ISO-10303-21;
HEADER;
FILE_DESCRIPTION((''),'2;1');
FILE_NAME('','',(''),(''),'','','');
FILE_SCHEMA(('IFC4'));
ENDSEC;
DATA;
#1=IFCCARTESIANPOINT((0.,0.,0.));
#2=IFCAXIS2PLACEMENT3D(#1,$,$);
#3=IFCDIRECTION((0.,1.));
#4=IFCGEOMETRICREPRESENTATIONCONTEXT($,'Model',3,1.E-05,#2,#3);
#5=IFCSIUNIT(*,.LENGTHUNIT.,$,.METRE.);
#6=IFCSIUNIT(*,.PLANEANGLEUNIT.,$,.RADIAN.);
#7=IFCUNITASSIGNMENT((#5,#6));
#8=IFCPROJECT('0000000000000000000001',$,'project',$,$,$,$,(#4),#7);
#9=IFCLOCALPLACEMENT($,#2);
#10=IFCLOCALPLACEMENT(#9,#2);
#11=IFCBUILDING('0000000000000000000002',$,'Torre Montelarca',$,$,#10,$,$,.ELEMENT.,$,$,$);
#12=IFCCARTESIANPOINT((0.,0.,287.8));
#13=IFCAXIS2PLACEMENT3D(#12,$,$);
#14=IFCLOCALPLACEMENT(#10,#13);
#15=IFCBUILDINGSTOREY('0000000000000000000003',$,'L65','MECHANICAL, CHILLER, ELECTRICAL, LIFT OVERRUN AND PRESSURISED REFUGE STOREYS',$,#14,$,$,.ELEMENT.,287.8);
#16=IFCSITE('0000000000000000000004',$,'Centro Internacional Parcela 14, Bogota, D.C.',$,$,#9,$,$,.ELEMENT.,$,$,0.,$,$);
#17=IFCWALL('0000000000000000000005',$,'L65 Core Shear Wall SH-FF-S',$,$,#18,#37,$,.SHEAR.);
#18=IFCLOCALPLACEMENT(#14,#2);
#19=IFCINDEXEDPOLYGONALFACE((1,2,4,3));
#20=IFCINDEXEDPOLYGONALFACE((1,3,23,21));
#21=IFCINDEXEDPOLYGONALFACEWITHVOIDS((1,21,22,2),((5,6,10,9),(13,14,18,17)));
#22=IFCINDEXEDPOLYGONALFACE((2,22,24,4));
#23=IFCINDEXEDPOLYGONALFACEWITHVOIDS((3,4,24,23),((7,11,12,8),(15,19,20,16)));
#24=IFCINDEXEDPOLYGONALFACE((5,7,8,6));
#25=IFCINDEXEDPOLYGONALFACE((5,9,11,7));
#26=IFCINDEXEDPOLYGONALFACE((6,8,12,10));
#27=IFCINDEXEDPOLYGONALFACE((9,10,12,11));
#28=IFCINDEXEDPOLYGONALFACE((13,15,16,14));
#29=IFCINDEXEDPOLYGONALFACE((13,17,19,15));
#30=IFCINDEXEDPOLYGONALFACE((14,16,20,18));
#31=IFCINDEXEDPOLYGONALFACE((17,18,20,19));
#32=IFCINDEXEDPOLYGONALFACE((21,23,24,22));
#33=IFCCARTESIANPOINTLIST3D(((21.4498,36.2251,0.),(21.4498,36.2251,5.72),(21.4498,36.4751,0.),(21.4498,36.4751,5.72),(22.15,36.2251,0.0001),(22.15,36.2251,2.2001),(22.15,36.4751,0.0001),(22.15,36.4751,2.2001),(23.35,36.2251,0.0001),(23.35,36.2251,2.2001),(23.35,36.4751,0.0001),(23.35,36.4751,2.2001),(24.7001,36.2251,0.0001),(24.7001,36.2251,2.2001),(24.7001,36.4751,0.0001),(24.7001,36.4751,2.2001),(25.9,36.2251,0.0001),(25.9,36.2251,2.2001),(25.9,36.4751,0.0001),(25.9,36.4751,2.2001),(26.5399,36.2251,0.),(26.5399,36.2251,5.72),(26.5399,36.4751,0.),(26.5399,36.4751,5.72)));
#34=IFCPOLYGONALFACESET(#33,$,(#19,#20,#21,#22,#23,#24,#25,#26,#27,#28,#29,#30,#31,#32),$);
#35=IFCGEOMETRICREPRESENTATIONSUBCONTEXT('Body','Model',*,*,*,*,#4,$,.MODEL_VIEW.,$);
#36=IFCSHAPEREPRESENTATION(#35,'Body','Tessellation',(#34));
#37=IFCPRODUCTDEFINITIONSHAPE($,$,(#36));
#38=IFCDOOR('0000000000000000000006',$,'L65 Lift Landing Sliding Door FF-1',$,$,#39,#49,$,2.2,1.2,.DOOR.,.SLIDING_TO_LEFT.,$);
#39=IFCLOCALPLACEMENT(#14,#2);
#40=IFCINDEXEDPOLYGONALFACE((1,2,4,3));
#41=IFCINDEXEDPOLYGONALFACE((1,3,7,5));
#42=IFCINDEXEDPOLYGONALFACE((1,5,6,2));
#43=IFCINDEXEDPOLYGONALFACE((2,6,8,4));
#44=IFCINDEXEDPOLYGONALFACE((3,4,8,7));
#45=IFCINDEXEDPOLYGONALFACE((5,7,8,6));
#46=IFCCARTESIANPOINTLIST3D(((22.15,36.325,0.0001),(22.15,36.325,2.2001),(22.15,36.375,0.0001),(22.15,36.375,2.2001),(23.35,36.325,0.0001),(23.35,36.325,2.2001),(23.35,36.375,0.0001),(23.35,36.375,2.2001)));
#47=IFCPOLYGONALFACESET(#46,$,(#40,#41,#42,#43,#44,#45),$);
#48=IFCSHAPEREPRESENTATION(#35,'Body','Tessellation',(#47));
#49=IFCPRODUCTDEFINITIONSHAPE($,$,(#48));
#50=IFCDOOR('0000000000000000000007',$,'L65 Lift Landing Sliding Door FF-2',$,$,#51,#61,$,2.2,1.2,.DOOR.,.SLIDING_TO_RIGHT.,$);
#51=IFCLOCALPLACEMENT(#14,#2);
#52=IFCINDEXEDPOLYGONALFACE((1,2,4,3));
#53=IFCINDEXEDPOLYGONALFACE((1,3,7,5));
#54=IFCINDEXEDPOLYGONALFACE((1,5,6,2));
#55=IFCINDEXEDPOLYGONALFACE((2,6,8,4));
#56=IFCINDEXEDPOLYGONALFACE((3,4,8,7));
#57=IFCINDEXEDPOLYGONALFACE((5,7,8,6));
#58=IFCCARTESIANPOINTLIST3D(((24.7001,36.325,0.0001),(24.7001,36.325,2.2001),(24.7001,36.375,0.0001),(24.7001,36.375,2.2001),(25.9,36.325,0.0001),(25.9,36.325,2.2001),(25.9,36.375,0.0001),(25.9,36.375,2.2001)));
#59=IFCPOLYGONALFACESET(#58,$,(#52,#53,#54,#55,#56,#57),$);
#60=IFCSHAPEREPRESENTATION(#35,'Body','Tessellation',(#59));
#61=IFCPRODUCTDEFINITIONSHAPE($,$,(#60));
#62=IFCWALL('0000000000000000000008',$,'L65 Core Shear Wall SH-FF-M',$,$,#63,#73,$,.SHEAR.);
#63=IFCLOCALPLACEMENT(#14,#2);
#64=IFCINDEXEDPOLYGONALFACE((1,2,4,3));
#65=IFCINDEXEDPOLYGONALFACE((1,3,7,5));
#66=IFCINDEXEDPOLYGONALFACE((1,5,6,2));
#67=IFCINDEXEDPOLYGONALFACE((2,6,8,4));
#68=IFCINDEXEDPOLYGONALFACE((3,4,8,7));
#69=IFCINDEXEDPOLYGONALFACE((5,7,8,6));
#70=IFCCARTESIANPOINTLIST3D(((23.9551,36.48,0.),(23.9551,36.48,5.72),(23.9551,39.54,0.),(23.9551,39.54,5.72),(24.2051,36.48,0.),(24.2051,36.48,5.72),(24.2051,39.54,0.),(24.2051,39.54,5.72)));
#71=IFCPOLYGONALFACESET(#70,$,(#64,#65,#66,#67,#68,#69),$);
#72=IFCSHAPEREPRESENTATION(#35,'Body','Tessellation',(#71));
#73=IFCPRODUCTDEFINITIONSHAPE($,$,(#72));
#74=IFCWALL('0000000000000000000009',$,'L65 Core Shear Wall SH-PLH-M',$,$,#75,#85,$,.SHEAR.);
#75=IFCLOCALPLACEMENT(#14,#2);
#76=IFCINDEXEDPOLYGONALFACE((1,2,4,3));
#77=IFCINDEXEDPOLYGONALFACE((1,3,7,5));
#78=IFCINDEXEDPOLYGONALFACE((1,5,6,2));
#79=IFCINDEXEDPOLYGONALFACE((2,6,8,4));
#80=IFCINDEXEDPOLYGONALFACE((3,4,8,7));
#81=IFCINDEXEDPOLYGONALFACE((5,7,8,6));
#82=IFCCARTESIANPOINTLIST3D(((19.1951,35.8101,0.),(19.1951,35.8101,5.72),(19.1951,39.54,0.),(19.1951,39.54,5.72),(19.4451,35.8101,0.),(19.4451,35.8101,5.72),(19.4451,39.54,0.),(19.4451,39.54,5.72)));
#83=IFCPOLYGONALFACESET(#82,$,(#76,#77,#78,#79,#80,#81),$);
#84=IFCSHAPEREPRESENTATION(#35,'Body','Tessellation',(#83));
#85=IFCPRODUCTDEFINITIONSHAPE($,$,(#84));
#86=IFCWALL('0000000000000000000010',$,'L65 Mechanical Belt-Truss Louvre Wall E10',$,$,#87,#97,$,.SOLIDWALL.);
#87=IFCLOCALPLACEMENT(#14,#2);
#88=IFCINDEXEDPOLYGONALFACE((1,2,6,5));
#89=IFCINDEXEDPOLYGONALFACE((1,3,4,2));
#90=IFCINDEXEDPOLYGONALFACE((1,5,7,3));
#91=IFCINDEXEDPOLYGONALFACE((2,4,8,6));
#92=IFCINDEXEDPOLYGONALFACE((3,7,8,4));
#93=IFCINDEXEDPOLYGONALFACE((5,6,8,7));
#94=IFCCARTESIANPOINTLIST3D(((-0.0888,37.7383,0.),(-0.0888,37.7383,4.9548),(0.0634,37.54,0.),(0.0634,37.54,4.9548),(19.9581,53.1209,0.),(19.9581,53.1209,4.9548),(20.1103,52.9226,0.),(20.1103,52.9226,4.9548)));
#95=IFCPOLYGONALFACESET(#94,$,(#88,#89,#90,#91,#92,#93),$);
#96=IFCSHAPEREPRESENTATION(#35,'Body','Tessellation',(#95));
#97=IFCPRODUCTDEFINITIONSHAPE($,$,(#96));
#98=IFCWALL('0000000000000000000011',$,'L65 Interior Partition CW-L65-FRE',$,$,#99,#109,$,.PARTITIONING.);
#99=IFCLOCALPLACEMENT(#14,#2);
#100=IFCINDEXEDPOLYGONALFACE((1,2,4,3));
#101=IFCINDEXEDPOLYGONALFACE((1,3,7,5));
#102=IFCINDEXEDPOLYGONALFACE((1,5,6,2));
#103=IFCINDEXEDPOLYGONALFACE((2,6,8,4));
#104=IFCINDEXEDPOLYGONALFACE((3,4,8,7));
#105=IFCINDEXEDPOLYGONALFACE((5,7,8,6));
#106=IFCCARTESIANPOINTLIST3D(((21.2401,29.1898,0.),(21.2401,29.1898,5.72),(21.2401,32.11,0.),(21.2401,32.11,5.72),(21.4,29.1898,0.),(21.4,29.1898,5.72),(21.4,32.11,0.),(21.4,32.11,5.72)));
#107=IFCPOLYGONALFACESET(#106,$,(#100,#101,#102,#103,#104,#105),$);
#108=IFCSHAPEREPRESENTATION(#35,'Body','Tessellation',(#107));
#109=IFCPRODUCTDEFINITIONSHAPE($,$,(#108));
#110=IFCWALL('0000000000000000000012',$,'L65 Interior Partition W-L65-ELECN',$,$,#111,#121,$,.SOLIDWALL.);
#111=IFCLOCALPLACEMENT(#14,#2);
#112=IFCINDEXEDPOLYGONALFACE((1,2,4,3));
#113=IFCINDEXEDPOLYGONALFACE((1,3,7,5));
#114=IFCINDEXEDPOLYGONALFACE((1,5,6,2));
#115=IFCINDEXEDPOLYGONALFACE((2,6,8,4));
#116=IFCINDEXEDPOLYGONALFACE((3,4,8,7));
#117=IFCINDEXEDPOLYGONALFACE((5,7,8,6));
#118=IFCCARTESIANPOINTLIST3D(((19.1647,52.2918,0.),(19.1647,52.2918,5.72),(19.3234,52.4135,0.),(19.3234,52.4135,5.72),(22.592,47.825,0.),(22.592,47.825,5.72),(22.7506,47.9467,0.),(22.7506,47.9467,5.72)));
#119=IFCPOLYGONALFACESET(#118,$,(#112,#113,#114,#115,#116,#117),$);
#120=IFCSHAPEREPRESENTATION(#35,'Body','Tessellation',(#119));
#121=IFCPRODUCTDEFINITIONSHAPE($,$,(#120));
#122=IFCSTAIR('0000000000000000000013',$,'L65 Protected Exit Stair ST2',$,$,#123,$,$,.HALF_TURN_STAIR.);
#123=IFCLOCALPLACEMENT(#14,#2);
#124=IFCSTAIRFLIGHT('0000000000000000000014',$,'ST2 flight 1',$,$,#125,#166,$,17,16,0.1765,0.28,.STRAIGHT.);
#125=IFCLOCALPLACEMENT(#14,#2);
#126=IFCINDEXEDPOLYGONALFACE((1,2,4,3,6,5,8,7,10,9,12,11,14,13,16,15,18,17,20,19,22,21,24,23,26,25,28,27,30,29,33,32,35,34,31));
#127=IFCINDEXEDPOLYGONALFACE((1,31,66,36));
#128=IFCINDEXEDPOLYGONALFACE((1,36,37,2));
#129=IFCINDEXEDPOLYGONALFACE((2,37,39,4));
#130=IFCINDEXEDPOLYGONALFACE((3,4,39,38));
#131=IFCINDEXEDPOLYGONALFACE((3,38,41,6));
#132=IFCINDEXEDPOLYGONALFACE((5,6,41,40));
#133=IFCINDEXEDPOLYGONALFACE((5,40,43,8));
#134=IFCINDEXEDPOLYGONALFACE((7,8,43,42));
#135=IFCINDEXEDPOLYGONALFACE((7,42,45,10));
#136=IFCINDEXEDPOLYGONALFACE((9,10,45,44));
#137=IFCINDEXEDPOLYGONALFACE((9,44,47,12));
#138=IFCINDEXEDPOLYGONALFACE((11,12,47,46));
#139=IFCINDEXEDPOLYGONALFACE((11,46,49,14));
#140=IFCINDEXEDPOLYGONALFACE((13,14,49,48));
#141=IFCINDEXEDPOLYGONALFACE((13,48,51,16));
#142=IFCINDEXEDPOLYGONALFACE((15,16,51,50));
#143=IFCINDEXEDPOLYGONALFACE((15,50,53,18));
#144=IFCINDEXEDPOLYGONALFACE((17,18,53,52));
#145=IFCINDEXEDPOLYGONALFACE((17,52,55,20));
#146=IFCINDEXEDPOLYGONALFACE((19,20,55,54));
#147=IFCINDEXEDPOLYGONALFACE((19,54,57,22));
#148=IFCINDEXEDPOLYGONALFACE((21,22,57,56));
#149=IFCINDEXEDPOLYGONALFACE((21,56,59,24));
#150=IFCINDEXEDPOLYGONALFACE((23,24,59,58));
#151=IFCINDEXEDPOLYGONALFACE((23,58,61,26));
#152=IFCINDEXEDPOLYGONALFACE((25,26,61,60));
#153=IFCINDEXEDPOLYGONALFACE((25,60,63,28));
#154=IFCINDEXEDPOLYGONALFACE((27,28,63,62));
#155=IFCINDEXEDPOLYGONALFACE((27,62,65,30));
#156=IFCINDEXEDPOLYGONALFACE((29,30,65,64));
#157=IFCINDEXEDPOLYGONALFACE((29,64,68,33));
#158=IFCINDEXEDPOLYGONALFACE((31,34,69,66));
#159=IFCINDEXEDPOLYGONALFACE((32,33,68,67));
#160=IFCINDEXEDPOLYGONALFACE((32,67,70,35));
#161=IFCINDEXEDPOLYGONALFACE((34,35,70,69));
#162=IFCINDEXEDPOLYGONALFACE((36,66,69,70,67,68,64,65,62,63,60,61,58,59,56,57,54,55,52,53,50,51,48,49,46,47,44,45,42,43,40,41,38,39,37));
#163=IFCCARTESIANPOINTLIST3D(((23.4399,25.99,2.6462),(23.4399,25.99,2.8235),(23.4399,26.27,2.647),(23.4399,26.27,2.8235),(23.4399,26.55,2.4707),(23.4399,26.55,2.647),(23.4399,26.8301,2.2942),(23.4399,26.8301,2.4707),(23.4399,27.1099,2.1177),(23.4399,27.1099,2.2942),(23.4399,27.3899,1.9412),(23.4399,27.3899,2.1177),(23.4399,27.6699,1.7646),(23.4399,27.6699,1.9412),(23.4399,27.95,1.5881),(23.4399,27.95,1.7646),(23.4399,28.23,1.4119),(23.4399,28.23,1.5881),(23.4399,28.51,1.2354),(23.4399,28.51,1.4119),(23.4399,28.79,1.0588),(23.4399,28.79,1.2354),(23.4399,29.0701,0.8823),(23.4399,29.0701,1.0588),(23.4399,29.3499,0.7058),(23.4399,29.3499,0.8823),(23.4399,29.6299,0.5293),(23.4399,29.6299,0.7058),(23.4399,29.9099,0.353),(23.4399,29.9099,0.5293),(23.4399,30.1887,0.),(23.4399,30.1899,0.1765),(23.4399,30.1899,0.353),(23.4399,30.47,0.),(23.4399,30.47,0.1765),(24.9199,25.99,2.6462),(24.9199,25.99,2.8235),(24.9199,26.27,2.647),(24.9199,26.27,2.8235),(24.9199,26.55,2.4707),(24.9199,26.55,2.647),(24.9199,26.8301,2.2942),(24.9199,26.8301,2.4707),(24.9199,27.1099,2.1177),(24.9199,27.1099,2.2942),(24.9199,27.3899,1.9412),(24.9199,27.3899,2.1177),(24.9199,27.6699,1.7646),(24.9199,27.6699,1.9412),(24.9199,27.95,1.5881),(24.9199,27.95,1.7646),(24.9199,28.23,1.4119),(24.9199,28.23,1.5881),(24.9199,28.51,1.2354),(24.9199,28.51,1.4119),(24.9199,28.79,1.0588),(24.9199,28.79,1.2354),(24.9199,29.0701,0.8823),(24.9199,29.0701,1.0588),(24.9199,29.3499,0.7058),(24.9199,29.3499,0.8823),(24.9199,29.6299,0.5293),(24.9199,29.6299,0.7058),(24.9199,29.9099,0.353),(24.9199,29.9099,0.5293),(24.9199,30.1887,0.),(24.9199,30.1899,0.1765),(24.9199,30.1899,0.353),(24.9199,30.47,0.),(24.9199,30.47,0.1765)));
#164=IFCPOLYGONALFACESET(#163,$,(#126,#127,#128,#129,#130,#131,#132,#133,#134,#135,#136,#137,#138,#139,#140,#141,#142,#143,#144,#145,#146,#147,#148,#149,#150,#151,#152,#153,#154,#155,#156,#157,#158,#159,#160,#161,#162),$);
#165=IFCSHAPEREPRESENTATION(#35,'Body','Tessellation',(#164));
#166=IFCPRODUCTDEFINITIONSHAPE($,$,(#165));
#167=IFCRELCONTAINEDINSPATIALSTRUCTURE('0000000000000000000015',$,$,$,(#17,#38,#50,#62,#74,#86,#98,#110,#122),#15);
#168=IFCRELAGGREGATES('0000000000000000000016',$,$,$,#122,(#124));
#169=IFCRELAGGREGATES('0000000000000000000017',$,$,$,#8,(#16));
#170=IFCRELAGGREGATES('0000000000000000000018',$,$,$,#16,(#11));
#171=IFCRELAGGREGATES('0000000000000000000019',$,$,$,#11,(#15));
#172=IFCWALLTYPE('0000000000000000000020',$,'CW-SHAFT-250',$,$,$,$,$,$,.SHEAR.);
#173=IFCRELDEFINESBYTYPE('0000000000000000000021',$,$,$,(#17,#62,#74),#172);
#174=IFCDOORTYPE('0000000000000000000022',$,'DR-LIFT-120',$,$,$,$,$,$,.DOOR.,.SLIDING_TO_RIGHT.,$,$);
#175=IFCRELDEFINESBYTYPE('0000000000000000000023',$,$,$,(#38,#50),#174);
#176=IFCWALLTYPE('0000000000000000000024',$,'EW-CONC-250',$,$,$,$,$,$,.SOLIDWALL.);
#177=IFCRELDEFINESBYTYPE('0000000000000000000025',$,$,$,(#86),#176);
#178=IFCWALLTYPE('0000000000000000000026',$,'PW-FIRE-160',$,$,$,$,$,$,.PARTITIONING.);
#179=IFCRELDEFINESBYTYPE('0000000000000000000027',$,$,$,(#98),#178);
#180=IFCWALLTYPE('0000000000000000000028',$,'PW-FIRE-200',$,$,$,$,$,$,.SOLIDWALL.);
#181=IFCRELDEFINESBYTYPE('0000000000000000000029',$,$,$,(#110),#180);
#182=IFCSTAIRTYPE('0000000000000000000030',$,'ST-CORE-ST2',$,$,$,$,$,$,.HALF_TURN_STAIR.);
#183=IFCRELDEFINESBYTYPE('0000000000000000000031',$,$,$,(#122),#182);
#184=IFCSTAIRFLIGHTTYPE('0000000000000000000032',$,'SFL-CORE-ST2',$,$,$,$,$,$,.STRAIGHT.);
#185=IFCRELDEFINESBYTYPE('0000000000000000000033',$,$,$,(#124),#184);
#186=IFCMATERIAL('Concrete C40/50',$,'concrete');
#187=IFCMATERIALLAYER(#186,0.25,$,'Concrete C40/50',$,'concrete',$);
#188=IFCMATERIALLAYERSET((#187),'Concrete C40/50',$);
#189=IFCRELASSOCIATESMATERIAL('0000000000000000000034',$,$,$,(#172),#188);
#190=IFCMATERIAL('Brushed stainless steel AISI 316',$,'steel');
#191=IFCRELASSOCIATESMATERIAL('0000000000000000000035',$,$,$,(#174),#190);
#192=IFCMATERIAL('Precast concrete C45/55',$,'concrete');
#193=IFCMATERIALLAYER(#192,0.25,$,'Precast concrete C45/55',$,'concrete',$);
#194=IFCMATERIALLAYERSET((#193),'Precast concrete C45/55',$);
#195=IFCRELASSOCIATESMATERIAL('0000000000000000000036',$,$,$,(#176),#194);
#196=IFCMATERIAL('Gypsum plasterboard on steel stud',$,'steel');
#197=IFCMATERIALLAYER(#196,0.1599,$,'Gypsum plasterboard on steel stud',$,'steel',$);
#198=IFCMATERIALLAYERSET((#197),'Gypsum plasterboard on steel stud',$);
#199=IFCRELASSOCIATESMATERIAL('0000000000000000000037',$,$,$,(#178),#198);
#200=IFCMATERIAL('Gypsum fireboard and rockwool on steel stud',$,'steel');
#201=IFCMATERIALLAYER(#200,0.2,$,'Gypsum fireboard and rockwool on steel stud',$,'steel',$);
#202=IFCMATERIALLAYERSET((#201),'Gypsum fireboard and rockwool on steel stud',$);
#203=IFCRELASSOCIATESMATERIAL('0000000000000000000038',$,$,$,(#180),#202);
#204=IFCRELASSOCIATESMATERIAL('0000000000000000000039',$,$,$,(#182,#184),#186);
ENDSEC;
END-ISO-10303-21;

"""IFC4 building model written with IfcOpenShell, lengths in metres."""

from ifc_helpers import new_model, si_unit, direction, frame, frame_2d, origin, place, context, subcontext, project, spatial, polyline, rectangle, outline, extrude, source, transform, mapped, material, layer, layer_set, type_object, element, fill, aggregate, save


model = new_model("IFC4")

# Units and contexts
model_context = context("Model", 3, precision=1e-05, world=origin(), true_north=direction((0.0, 1.0)))
body_context = subcontext(model_context, "Body", "Model", "MODEL_VIEW")
ifc_project = project(units=[si_unit("LENGTHUNIT", "METRE"), si_unit("PLANEANGLEUNIT", "RADIAN")], contexts=[model_context])

# Site, building, storey
site_placement = place(None, origin())
site = spatial("IfcSite", under=ifc_project, at=site_placement, Name="Centro Internacional Parcela 14, Bogota, D.C.", CompositionType="ELEMENT", RefElevation=0.0)
building_placement = place(site_placement, origin())
building = spatial("IfcBuilding", under=site, at=building_placement, Name="Torre Montelarca", CompositionType="ELEMENT")
storey_placement = place(building_placement, frame((0.0, 0.0, 287.8)))
storey = spatial("IfcBuildingStorey", under=building, at=storey_placement, Name="L65", Description="MECHANICAL, CHILLER, ELECTRICAL, LIFT OVERRUN AND PRESSURISED REFUGE STOREYS", CompositionType="ELEMENT", Elevation=287.8)

# Shared definitions
ifc_material_1 = material(Name="Concrete C40/50", Category="concrete")
ifc_layer_1 = layer(ifc_material_1, 0.25, Name="Concrete C40/50", Category="concrete")
ifc_layer_set_1 = layer_set([ifc_layer_1], Name="Concrete C40/50")
wall_type_1 = type_object("IfcWallType", Name="CW-SHAFT-250", PredefinedType="SHEAR", material=ifc_layer_set_1)

# Wall, openings, doors
wall_1_placement = place(storey_placement, frame((21.45, 36.3501, 0.0), z_axis=(0.0, 0.0, 1.0), x_axis=(1.0, 0.0, 0.0)))
wall_1 = element("IfcWall", 1, at=wall_1_placement, inside=storey, type_object=wall_type_1, Name="L65 Core Shear Wall SH-FF-S", PredefinedType="SHEAR", context=body_context, shape_type="SweptSolid", body=[
    extrude(rectangle(XDim=5.0901, YDim=0.25, at=frame_2d((2.5449, 0.0))), origin(), (0.0, 0.0, 1.0), 5.72),
])
opening_1_placement = place(wall_1_placement, frame((0.7, 0.0, 0.0)))
opening_1 = element("IfcOpeningElement", 2, at=opening_1_placement, cuts=wall_1, PredefinedType="OPENING", context=body_context, shape_type="SweptSolid", body=[
    extrude(rectangle(XDim=1.2, YDim=2.2, at=frame_2d((0.6001, 1.1001))), frame((0.0, 0.135, 0.0), z_axis=(0.0, -1.0, 0.0), x_axis=(1.0, 0.0, 0.0)), (0.0, 0.0, 1.0), 0.27),
])
opening_2_placement = place(wall_1_placement, frame((3.25, 0.0, 0.0)))
opening_2 = element("IfcOpeningElement", 3, at=opening_2_placement, cuts=wall_1, PredefinedType="OPENING", context=body_context, shape_type="SweptSolid", body=[
    extrude(rectangle(XDim=1.2, YDim=2.2, at=frame_2d((0.6001, 1.1001))), frame((0.0, 0.135, 0.0), z_axis=(0.0, -1.0, 0.0), x_axis=(1.0, 0.0, 0.0)), (0.0, 0.0, 1.0), 0.27),
])
ifc_material_2 = material(Name="Brushed stainless steel AISI 316", Category="steel")
door_type_1 = type_object("IfcDoorType", Name="DR-LIFT-120", OperationType="SLIDING_TO_RIGHT", PredefinedType="DOOR", material=ifc_material_2)
shared_shape_1 = source(origin(), body_context, "Body", "SweptSolid", [
    extrude(rectangle(XDim=1.2, YDim=2.2, at=frame_2d((0.6001, 1.1001))), frame((0.0, 0.0249, 0.0), z_axis=(0.0, -1.0, 0.0), x_axis=(1.0, 0.0, 0.0)), (0.0, 0.0, 1.0), 0.05),
])
door_1_placement = place(opening_1_placement, origin())
door_1 = element("IfcDoor", 4, at=door_1_placement, inside=storey, type_object=door_type_1, Name="L65 Lift Landing Sliding Door FF-1", OperationType="SLIDING_TO_LEFT", OverallHeight=2.2, OverallWidth=1.2, PredefinedType="DOOR", context=body_context, shape_type="MappedRepresentation", body=[
    mapped(shared_shape_1, transform((0.0, 0.0, 0.0), scale=1.0)),
])
fill(opening_1, door_1)
door_2_placement = place(opening_2_placement, origin())
door_2 = element("IfcDoor", 5, at=door_2_placement, inside=storey, type_object=door_type_1, Name="L65 Lift Landing Sliding Door FF-2", OperationType="SLIDING_TO_RIGHT", OverallHeight=2.2, OverallWidth=1.2, PredefinedType="DOOR", context=body_context, shape_type="MappedRepresentation", body=[
    mapped(shared_shape_1, transform((0.0, 0.0, 0.0), scale=1.0)),
])
fill(opening_2, door_2)

# Walls
wall_2_placement = place(storey_placement, frame((24.0801, 36.48, 0.0), z_axis=(0.0, 0.0, 1.0), x_axis=(0.0, 1.0, 0.0)))
element("IfcWall", 6, at=wall_2_placement, inside=storey, type_object=wall_type_1, Name="L65 Core Shear Wall SH-FF-M", PredefinedType="SHEAR", context=body_context, shape_type="SweptSolid", body=[
    extrude(rectangle(XDim=3.0601, YDim=0.25, at=frame_2d((1.53, 0.0))), origin(), (0.0, 0.0, 1.0), 5.72),
])
wall_3_placement = place(storey_placement, frame((19.3201, 35.8101, 0.0), z_axis=(0.0, 0.0, 1.0), x_axis=(0.0, 1.0, 0.0)))
element("IfcWall", 7, at=wall_3_placement, inside=storey, type_object=wall_type_1, Name="L65 Core Shear Wall SH-PLH-M", PredefinedType="SHEAR", context=body_context, shape_type="SweptSolid", body=[
    extrude(rectangle(XDim=3.73, YDim=0.25, at=frame_2d((1.865, 0.0))), origin(), (0.0, 0.0, 1.0), 5.72),
])
ifc_material_3 = material(Name="Precast concrete C45/55", Category="concrete")
ifc_layer_2 = layer(ifc_material_3, 0.25, Name="Precast concrete C45/55", Category="concrete")
ifc_layer_set_2 = layer_set([ifc_layer_2], Name="Precast concrete C45/55")
wall_type_2 = type_object("IfcWallType", Name="EW-CONC-250", PredefinedType="SOLIDWALL", material=ifc_layer_set_2)
wall_4_placement = place(storey_placement, frame((20.0342, 53.0217, 0.0), z_axis=(0.0, 0.0, 1.0), x_axis=(-0.793352, -0.608763, 0.0)))
element("IfcWall", 8, at=wall_4_placement, inside=storey, type_object=wall_type_2, Name="L65 Mechanical Belt-Truss Louvre Wall E10", PredefinedType="SOLIDWALL", context=body_context, shape_type="SweptSolid", body=[
    extrude(rectangle(XDim=25.2686, YDim=0.25, at=frame_2d((12.6343, 0.0))), origin(), (0.0, 0.0, 1.0), 4.9548),
])
ifc_material_4 = material(Name="Gypsum plasterboard on steel stud", Category="steel")
ifc_layer_3 = layer(ifc_material_4, 0.1599, Name="Gypsum plasterboard on steel stud", Category="steel")
ifc_layer_set_3 = layer_set([ifc_layer_3], Name="Gypsum plasterboard on steel stud")
wall_type_3 = type_object("IfcWallType", Name="PW-FIRE-160", PredefinedType="PARTITIONING", material=ifc_layer_set_3)
wall_5_placement = place(storey_placement, frame((21.3201, 29.1899, 0.0), z_axis=(0.0, 0.0, 1.0), x_axis=(0.0, 1.0, 0.0)))
element("IfcWall", 9, at=wall_5_placement, inside=storey, type_object=wall_type_3, Name="L65 Interior Partition CW-L65-FRE", PredefinedType="PARTITIONING", context=body_context, shape_type="SweptSolid", body=[
    extrude(rectangle(XDim=2.9202, YDim=0.1599, at=frame_2d((1.46, 0.0))), origin(), (0.0, 0.0, 1.0), 5.72),
])
ifc_material_5 = material(Name="Gypsum fireboard and rockwool on steel stud", Category="steel")
ifc_layer_4 = layer(ifc_material_5, 0.2, Name="Gypsum fireboard and rockwool on steel stud", Category="steel")
ifc_layer_set_4 = layer_set([ifc_layer_4], Name="Gypsum fireboard and rockwool on steel stud")
wall_type_4 = type_object("IfcWallType", Name="PW-FIRE-200", PredefinedType="SOLIDWALL", material=ifc_layer_set_4)
wall_6_placement = place(storey_placement, frame((19.2441, 52.3525, 0.0), z_axis=(0.0, 0.0, 1.0), x_axis=(0.608734, -0.793375, 0.0)))
element("IfcWall", 10, at=wall_6_placement, inside=storey, type_object=wall_type_4, Name="L65 Interior Partition W-L65-ELECN", PredefinedType="SOLIDWALL", context=body_context, shape_type="SweptSolid", body=[
    extrude(rectangle(XDim=5.6301, YDim=0.2, at=frame_2d((2.8149, 0.0))), origin(), (0.0, 0.0, 1.0), 5.72),
])

# Stair, stair flight
stair_type = type_object("IfcStairType", Name="ST-CORE-ST2", PredefinedType="HALF_TURN_STAIR", material=ifc_material_1)
stair_placement = place(storey_placement, origin())
stair = element("IfcStair", 11, at=stair_placement, inside=storey, type_object=stair_type, Name="L65 Protected Exit Stair ST2", PredefinedType="HALF_TURN_STAIR")
stair_flight_type = type_object("IfcStairFlightType", Name="SFL-CORE-ST2", PredefinedType="STRAIGHT", material=ifc_material_1)
stair_flight_placement = place(storey_placement, frame((24.1799, 30.47, 0.0), z_axis=(0.0, 0.0, 1.0), x_axis=(0.0, -1.0, 0.0)))
stair_flight = element("IfcStairFlight", 12, at=stair_flight_placement, type_object=stair_flight_type, Name="ST2 flight 1", NumberOfRisers=17, NumberOfTreads=16, PredefinedType="STRAIGHT", RiserHeight=0.1765, TreadLength=0.28, context=body_context, shape_type="SweptSolid", body=[
    extrude(outline(polyline([(0.0, 0.0), (0.0, 0.1765), (0.28, 0.1765), (0.28, 0.353), (0.5601, 0.353), (0.5601, 0.5293), (0.8401, 0.5293), (0.8401, 0.7058), (1.1201, 0.7058), (1.1201, 0.8823), (1.3999, 0.8823), (1.3999, 1.0588), (1.6799, 1.0588), (1.6799, 1.2354), (1.96, 1.2354), (1.96, 1.4119), (2.24, 1.4119), (2.24, 1.5881), (2.52, 1.5881), (2.52, 1.7646), (2.8, 1.7646), (2.8, 1.9412), (3.0801, 1.9412), (3.0801, 2.1177), (3.3601, 2.1177), (3.3601, 2.2942), (3.6399, 2.2942), (3.6399, 2.4707), (3.9199, 2.4707), (3.9199, 2.647), (4.2, 2.647), (4.2, 2.8235), (4.48, 2.8235), (4.48, 3.0), (4.48, 2.6462), (0.2812, 0.0), (0.0, 0.0)])), frame((0.0, 0.74, 0.0), z_axis=(0.0, -1.0, 0.0), x_axis=(1.0, 0.0, 0.0)), (0.0, 0.0, 1.0), 1.48),
])
aggregate(stair, [stair_flight])

save(model, "model.ifc")
